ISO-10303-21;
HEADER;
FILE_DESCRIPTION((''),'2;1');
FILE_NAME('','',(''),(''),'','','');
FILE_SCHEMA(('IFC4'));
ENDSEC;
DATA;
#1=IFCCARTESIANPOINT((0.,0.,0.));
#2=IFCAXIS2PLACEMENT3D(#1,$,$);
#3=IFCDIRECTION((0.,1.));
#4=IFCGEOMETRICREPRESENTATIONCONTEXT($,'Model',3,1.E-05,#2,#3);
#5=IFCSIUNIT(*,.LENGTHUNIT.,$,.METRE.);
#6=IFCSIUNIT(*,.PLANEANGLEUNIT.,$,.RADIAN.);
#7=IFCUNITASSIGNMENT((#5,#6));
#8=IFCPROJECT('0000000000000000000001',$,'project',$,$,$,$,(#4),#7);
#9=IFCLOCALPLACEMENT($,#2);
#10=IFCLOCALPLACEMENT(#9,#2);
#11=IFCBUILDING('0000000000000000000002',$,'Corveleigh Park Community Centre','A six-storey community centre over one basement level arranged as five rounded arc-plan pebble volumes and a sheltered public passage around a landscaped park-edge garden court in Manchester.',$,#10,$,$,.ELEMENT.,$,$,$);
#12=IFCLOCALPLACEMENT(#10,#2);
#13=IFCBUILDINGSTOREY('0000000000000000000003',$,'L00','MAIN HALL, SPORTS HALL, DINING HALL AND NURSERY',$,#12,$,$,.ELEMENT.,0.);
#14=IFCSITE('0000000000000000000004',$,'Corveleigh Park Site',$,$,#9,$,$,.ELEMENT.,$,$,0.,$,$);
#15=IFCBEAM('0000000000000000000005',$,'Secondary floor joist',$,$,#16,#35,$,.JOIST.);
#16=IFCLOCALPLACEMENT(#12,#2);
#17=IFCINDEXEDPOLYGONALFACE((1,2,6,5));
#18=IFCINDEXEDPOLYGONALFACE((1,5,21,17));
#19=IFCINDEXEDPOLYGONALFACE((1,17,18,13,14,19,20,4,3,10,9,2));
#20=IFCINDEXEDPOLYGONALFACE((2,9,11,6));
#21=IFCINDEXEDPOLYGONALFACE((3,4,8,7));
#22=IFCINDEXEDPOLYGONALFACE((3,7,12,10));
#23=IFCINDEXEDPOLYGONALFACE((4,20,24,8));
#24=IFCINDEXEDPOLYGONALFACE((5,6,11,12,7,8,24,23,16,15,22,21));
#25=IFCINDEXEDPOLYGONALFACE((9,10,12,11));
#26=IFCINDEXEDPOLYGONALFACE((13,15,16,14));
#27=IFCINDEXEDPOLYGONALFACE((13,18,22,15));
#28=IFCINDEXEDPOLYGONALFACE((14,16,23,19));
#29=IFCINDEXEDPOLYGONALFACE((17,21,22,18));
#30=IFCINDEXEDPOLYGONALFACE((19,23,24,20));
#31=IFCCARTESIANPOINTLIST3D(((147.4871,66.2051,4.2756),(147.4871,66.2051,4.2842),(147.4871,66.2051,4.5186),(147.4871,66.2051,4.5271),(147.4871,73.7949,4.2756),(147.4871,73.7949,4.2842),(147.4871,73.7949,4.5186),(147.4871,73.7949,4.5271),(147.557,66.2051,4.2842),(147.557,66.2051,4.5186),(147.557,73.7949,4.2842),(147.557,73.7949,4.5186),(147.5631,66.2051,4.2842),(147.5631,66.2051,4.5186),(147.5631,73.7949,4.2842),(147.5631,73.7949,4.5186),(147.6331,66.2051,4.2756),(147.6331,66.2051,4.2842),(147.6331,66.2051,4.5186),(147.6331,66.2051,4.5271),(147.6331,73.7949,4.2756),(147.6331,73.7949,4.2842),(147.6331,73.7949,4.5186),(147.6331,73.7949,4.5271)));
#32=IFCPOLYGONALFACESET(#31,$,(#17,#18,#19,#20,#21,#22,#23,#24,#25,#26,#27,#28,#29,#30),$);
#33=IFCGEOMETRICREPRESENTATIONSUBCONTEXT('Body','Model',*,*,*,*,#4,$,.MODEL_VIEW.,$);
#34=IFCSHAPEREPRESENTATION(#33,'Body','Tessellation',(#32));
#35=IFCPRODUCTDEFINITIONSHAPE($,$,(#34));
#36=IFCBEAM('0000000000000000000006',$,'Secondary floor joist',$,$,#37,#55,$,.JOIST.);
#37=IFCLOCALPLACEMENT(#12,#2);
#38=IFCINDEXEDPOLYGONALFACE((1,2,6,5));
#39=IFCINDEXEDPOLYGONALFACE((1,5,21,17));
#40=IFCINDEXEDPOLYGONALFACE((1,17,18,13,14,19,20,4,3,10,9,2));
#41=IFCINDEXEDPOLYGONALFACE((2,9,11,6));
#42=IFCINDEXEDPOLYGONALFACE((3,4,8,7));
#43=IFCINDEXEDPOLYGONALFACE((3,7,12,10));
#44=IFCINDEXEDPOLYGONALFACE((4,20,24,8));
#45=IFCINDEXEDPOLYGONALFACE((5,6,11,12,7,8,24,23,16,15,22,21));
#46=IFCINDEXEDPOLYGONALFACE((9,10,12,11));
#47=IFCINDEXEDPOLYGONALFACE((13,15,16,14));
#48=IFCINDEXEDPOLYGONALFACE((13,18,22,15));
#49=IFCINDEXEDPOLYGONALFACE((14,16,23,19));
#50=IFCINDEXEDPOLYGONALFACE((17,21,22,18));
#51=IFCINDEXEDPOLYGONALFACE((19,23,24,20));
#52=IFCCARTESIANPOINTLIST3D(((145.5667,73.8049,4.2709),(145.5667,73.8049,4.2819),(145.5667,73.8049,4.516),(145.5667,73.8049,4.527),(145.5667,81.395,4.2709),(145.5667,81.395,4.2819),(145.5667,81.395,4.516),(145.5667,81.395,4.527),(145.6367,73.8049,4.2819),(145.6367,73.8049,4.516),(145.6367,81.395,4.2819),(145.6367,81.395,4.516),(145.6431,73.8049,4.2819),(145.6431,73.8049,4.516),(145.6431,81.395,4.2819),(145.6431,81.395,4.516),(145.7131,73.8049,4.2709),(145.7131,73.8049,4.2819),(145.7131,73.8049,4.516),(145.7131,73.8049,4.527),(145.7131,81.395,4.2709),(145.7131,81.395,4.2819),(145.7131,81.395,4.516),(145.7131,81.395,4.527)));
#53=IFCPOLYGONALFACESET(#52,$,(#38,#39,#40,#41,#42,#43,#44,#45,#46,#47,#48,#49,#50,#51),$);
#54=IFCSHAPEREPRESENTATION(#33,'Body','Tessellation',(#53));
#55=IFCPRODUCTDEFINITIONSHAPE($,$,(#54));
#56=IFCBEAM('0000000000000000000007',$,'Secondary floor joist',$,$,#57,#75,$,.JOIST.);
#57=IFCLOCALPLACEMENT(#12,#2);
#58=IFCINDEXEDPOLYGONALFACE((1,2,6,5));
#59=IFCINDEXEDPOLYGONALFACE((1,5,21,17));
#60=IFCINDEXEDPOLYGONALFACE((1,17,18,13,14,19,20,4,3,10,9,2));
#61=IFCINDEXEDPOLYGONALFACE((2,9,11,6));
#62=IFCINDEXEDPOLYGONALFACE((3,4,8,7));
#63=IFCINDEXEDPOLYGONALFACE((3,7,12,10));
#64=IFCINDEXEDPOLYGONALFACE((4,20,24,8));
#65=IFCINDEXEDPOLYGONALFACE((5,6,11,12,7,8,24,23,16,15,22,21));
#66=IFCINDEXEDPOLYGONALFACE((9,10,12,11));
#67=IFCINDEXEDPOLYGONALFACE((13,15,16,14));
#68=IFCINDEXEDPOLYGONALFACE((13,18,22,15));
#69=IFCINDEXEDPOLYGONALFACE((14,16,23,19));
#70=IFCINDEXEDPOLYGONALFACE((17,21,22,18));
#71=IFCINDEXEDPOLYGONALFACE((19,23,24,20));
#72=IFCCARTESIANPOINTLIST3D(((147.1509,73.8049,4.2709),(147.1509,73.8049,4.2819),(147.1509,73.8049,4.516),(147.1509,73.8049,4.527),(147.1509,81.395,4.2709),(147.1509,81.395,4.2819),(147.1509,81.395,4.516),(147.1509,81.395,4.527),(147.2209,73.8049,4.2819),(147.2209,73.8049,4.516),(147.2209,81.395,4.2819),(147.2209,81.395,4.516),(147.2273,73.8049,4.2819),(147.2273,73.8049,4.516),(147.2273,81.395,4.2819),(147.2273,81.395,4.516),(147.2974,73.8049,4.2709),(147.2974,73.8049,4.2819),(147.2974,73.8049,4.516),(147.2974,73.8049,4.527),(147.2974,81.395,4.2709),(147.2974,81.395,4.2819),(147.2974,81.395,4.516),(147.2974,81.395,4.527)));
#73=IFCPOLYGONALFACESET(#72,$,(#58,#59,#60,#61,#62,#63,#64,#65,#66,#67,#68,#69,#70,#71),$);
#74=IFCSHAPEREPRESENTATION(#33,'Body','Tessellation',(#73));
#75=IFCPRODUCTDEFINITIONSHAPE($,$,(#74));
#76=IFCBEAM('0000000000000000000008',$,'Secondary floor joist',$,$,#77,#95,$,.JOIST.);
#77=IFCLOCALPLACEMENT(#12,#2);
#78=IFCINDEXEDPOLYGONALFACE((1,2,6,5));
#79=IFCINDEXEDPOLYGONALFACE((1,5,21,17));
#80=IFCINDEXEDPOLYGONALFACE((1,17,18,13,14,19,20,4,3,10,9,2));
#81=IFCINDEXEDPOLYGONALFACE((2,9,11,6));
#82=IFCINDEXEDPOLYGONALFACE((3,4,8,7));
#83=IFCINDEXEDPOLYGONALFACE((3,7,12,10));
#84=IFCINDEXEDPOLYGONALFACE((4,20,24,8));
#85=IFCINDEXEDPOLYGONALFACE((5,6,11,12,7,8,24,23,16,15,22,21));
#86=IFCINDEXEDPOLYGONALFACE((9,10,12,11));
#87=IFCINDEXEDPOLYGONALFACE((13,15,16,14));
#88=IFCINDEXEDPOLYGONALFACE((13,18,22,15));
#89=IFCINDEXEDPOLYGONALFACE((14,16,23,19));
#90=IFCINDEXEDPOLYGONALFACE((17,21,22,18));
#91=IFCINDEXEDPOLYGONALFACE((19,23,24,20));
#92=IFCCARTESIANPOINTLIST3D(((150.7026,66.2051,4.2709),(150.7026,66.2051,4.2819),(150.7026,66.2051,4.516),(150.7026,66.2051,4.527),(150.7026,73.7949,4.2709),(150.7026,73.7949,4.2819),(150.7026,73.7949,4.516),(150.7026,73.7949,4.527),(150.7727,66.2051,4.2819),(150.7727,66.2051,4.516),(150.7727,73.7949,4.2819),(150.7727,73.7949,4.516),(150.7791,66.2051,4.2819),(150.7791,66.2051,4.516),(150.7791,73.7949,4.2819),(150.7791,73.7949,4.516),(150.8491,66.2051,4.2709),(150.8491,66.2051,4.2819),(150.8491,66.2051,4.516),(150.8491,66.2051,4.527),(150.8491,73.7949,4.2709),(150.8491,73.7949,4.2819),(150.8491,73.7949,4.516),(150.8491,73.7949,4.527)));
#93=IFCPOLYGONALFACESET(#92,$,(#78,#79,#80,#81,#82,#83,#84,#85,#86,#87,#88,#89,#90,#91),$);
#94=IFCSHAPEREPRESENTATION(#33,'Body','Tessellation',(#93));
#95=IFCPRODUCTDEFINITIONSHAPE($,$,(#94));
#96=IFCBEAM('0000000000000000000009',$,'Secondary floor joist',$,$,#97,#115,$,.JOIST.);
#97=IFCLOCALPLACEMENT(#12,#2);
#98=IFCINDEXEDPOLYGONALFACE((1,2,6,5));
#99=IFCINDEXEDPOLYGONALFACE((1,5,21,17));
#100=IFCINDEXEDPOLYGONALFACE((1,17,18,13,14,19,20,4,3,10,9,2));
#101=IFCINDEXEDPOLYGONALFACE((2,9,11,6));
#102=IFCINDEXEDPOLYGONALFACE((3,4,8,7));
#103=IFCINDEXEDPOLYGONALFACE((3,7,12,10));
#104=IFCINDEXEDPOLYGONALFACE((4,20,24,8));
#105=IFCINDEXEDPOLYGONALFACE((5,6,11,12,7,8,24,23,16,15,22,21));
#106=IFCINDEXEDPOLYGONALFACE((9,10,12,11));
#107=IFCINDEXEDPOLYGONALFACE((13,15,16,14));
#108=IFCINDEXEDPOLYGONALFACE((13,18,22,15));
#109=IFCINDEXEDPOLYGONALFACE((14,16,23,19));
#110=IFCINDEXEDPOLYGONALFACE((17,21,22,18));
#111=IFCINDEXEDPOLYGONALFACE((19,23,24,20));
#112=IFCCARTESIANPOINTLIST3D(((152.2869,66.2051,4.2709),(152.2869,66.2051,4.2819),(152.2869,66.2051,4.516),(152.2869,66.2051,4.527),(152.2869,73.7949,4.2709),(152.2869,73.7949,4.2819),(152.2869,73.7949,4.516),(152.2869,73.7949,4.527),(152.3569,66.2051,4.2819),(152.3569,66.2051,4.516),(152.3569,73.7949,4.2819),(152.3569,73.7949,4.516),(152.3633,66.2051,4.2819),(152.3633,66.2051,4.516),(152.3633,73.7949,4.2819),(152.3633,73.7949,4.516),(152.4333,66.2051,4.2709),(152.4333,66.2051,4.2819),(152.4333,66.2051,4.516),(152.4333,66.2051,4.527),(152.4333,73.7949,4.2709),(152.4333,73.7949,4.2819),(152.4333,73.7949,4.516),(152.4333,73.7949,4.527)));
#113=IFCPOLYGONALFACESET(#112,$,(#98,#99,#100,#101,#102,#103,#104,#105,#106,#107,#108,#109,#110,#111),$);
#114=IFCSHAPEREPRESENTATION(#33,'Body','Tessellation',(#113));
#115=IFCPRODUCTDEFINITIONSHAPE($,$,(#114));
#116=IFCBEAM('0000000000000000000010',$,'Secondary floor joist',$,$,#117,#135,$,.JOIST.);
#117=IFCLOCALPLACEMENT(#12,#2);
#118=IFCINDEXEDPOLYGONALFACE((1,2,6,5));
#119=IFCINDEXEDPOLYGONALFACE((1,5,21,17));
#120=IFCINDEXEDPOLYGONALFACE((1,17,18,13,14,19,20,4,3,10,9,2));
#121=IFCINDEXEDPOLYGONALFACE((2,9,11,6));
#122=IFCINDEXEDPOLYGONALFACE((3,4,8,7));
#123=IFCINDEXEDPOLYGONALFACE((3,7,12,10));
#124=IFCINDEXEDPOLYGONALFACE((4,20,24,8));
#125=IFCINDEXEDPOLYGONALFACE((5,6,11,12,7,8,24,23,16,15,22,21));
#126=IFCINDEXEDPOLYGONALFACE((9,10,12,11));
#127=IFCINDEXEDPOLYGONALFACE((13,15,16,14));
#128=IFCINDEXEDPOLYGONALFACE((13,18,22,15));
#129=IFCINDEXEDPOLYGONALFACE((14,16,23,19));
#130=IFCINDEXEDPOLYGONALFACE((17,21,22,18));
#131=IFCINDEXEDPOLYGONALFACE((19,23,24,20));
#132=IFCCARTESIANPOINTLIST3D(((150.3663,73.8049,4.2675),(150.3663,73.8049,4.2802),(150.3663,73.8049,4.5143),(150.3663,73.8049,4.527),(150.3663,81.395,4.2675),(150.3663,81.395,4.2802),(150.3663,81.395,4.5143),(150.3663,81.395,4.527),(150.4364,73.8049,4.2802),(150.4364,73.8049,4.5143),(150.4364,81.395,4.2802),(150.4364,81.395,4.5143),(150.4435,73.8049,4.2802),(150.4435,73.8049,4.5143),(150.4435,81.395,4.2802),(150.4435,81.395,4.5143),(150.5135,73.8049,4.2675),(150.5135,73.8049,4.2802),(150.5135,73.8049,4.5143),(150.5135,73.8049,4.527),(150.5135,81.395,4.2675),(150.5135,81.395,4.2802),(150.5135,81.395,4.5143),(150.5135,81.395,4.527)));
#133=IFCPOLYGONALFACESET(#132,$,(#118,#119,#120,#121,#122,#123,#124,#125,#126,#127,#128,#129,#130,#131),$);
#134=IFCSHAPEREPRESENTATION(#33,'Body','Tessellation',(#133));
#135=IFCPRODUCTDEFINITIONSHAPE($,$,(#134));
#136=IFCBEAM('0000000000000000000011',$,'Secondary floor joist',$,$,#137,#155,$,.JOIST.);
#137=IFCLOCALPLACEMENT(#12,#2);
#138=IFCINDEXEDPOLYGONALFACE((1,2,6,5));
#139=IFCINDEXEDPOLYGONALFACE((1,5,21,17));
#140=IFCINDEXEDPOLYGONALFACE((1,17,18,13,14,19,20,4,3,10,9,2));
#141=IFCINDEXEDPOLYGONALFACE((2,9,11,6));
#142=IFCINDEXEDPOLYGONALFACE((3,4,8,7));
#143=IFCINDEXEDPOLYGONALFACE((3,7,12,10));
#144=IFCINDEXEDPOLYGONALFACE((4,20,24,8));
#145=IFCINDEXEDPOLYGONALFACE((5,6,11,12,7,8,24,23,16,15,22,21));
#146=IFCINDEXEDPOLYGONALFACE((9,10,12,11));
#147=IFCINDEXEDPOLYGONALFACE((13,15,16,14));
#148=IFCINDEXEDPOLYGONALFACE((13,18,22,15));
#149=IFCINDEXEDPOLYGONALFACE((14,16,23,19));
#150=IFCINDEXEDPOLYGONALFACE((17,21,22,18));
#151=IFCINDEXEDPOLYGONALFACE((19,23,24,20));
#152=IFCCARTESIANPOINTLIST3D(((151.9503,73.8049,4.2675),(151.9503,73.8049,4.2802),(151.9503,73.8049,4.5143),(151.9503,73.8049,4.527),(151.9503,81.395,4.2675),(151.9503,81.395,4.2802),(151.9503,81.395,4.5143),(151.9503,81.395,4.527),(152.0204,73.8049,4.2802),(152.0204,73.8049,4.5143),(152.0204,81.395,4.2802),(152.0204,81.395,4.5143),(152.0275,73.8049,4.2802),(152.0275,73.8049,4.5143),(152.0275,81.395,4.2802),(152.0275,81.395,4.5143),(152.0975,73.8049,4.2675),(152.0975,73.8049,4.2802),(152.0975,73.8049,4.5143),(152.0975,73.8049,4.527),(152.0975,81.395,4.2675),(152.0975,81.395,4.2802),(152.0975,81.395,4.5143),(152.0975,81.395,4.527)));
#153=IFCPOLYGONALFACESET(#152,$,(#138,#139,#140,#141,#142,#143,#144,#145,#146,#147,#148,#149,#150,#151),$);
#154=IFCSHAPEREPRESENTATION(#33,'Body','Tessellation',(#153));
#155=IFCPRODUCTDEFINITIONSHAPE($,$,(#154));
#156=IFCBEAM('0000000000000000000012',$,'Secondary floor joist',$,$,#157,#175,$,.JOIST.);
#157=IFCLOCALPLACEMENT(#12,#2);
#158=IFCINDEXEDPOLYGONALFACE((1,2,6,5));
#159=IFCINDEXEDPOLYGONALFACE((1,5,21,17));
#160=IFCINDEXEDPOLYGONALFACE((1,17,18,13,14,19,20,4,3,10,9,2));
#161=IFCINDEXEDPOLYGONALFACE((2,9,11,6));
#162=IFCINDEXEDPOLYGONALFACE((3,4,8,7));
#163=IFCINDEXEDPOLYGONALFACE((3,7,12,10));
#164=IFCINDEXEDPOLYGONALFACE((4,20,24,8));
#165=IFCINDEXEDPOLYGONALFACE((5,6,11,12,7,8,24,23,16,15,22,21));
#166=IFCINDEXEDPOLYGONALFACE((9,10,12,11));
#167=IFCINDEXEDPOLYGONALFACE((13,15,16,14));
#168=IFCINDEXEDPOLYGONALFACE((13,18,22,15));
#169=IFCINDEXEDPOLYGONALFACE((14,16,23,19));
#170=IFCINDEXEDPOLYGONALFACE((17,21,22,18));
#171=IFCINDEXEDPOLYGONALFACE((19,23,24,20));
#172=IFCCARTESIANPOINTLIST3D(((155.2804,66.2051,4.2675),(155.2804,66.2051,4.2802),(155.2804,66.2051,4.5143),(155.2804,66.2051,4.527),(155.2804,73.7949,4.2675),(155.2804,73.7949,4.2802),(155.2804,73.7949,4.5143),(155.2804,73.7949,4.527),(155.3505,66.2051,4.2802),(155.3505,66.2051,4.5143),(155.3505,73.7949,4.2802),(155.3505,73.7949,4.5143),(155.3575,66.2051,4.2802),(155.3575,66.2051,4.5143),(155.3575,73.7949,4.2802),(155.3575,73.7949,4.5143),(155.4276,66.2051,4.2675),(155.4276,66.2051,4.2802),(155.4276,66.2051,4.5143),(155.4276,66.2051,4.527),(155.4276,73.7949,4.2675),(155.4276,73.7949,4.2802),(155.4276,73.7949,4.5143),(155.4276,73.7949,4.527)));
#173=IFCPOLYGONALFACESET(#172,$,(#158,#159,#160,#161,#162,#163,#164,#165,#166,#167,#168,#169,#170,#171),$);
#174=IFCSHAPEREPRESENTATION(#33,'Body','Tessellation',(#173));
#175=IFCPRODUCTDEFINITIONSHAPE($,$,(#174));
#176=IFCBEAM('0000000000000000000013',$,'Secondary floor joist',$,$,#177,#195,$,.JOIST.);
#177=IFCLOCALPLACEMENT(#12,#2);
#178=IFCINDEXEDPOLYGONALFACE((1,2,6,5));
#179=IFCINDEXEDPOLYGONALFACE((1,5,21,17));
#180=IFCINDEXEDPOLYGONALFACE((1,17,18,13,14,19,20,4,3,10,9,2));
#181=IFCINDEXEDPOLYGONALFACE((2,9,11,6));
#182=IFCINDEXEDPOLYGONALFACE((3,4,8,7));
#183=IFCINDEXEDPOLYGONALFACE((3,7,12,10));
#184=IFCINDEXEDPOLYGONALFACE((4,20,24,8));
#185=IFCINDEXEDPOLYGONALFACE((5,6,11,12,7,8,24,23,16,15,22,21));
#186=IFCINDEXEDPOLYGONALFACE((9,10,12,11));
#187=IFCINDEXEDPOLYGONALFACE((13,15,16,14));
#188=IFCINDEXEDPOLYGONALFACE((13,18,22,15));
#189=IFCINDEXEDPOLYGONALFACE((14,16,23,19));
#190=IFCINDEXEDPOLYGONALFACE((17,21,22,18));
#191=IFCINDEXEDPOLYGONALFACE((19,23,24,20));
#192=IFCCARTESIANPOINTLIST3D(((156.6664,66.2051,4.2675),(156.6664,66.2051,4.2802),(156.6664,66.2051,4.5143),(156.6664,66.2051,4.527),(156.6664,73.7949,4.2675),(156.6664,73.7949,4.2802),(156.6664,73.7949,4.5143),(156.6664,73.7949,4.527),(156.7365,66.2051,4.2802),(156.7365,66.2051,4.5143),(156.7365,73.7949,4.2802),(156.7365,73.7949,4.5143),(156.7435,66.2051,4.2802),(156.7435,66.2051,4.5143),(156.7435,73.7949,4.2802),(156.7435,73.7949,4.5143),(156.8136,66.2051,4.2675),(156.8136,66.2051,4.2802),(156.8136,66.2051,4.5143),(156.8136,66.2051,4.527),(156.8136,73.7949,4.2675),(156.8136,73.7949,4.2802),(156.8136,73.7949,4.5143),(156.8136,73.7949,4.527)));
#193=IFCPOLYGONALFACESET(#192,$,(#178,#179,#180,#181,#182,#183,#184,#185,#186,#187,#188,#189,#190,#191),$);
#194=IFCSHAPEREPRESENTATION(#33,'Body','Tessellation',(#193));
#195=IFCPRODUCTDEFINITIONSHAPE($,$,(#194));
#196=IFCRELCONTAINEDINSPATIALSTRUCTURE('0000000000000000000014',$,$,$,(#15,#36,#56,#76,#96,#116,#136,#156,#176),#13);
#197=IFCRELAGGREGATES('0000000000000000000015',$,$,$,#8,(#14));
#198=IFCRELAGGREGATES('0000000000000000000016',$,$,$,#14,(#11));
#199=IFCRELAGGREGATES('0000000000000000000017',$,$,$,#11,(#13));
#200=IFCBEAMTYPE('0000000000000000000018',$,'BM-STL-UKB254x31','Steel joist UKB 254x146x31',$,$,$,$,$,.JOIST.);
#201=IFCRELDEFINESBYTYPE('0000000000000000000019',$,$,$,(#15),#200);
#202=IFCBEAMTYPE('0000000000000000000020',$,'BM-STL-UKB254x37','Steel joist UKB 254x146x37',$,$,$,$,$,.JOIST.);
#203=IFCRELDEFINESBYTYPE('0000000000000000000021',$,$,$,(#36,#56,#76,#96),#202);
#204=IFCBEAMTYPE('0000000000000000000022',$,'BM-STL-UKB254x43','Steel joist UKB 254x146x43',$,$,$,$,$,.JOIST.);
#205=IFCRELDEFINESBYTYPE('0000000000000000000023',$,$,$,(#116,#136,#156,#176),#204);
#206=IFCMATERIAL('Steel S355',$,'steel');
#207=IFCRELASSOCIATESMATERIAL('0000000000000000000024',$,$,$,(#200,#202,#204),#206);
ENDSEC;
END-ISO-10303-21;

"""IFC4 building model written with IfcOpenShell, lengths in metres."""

from ifc_helpers import new_model, si_unit, direction, frame, origin, origin_2d, place, context, subcontext, project, spatial, i_section, extrude, material, material_profile, profile_set, type_object, element, save


model = new_model("IFC4")

# Units and contexts
model_context = context("Model", 3, precision=1e-05, world=origin(), true_north=direction((0.0, 1.0)))
body_context = subcontext(model_context, "Body", "Model", "MODEL_VIEW")
ifc_project = project(units=[si_unit("LENGTHUNIT", "METRE"), si_unit("PLANEANGLEUNIT", "RADIAN")], contexts=[model_context])

# Site, building, storey
site_placement = place(None, origin())
site = spatial("IfcSite", under=ifc_project, at=site_placement, Name="Corveleigh Park Site", CompositionType="ELEMENT", RefElevation=0.0)
building_placement = place(site_placement, origin())
building = spatial("IfcBuilding", under=site, at=building_placement, Name="Corveleigh Park Community Centre", Description="A six-storey community centre over one basement level arranged as five rounded arc-plan pebble volumes and a sheltered public passage around a landscaped park-edge garden court in Manchester.", CompositionType="ELEMENT")
storey_placement = place(building_placement, origin())
storey = spatial("IfcBuildingStorey", under=building, at=storey_placement, Name="L00", Description="MAIN HALL, SPORTS HALL, DINING HALL AND NURSERY", CompositionType="ELEMENT", Elevation=0.0)

# Shared definitions
ifc_material_1 = material(Name="Steel S355", Category="steel")

# Beams
ifc_material_profile_1 = material_profile(ifc_material_1, i_section(OverallWidth=0.146, OverallDepth=0.2515, WebThickness=0.0061, FlangeThickness=0.0085, at=origin_2d()), Name="UKB 254x146x31", Category="steel")
ifc_profile_set_1 = profile_set([ifc_material_profile_1], Name="Steel S355")
beam_type_1 = type_object("IfcBeamType", Name="BM-STL-UKB254x31", Description="Steel joist UKB 254x146x31", PredefinedType="JOIST", material=ifc_profile_set_1)
for number, where, z_axis, x_axis, name in (
    (1, (147.5601, 66.2051, 4.4014), (0.0, 1.0, 0.0), (-1.0, 0.0, 0.0), "Secondary floor joist"),
):
    element("IfcBeam", number, at=place(storey_placement, frame(where, z_axis=z_axis, x_axis=x_axis)), inside=storey, type_object=beam_type_1, Name=name, PredefinedType="JOIST", context=body_context, shape_type="SweptSolid", body=[
        extrude(i_section(OverallWidth=0.146, OverallDepth=0.2515, WebThickness=0.0061, FlangeThickness=0.0085, at=origin_2d()), origin(), (0.0, 0.0, 1.0), 7.5898),
    ])
ifc_material_profile_2 = material_profile(ifc_material_1, i_section(OverallWidth=0.1465, OverallDepth=0.2561, WebThickness=0.0063, FlangeThickness=0.011, at=origin_2d()), Name="UKB 254x146x37", Category="steel")
ifc_profile_set_2 = profile_set([ifc_material_profile_2], Name="Steel S355")
beam_type_2 = type_object("IfcBeamType", Name="BM-STL-UKB254x37", Description="Steel joist UKB 254x146x37", PredefinedType="JOIST", material=ifc_profile_set_2)
for number, where, z_axis, x_axis, name in (
    (2, (145.6399, 73.8049, 4.3989), (0.0, 1.0, 0.0), (-1.0, 0.0, 0.0), "Secondary floor joist"),
    (3, (147.2241, 73.8049, 4.3989), (0.0, 1.0, 0.0), (-1.0, 0.0, 0.0), "Secondary floor joist"),
):
    element("IfcBeam", number, at=place(storey_placement, frame(where, z_axis=z_axis, x_axis=x_axis)), inside=storey, type_object=beam_type_2, Name=name, PredefinedType="JOIST", context=body_context, shape_type="SweptSolid", body=[
        extrude(i_section(OverallWidth=0.1465, OverallDepth=0.2561, WebThickness=0.0063, FlangeThickness=0.011, at=origin_2d()), origin(), (0.0, 0.0, 1.0), 7.5901),
    ])
for number, where, z_axis, x_axis, name in (
    (4, (150.7759, 66.2051, 4.3989), (0.0, 1.0, 0.0), (-1.0, 0.0, 0.0), "Secondary floor joist"),
    (5, (152.3601, 66.2051, 4.3989), (0.0, 1.0, 0.0), (-1.0, 0.0, 0.0), "Secondary floor joist"),
):
    element("IfcBeam", number, at=place(storey_placement, frame(where, z_axis=z_axis, x_axis=x_axis)), inside=storey, type_object=beam_type_2, Name=name, PredefinedType="JOIST", context=body_context, shape_type="SweptSolid", body=[
        extrude(i_section(OverallWidth=0.1465, OverallDepth=0.2561, WebThickness=0.0063, FlangeThickness=0.011, at=origin_2d()), origin(), (0.0, 0.0, 1.0), 7.5898),
    ])
ifc_material_profile_3 = material_profile(ifc_material_1, i_section(OverallWidth=0.1472, OverallDepth=0.2595, WebThickness=0.0071, FlangeThickness=0.0127, at=origin_2d()), Name="UKB 254x146x43", Category="steel")
ifc_profile_set_3 = profile_set([ifc_material_profile_3], Name="Steel S355")
beam_type_3 = type_object("IfcBeamType", Name="BM-STL-UKB254x43", Description="Steel joist UKB 254x146x43", PredefinedType="JOIST", material=ifc_profile_set_3)
for number, where, z_axis, x_axis, name in (
    (6, (150.4399, 73.8049, 4.3972), (0.0, 1.0, 0.0), (-1.0, 0.0, 0.0), "Secondary floor joist"),
    (7, (152.0239, 73.8049, 4.3972), (0.0, 1.0, 0.0), (-1.0, 0.0, 0.0), "Secondary floor joist"),
):
    element("IfcBeam", number, at=place(storey_placement, frame(where, z_axis=z_axis, x_axis=x_axis)), inside=storey, type_object=beam_type_3, Name=name, PredefinedType="JOIST", context=body_context, shape_type="SweptSolid", body=[
        extrude(i_section(OverallWidth=0.1472, OverallDepth=0.2595, WebThickness=0.0071, FlangeThickness=0.0127, at=origin_2d()), origin(), (0.0, 0.0, 1.0), 7.5901),
    ])
for number, where, z_axis, x_axis, name in (
    (8, (155.354, 66.2051, 4.3972), (0.0, 1.0, 0.0), (-1.0, 0.0, 0.0), "Secondary floor joist"),
    (9, (156.74, 66.2051, 4.3972), (0.0, 1.0, 0.0), (-1.0, 0.0, 0.0), "Secondary floor joist"),
):
    element("IfcBeam", number, at=place(storey_placement, frame(where, z_axis=z_axis, x_axis=x_axis)), inside=storey, type_object=beam_type_3, Name=name, PredefinedType="JOIST", context=body_context, shape_type="SweptSolid", body=[
        extrude(i_section(OverallWidth=0.1472, OverallDepth=0.2595, WebThickness=0.0071, FlangeThickness=0.0127, at=origin_2d()), origin(), (0.0, 0.0, 1.0), 7.5898),
    ])

save(model, "model.ifc")
